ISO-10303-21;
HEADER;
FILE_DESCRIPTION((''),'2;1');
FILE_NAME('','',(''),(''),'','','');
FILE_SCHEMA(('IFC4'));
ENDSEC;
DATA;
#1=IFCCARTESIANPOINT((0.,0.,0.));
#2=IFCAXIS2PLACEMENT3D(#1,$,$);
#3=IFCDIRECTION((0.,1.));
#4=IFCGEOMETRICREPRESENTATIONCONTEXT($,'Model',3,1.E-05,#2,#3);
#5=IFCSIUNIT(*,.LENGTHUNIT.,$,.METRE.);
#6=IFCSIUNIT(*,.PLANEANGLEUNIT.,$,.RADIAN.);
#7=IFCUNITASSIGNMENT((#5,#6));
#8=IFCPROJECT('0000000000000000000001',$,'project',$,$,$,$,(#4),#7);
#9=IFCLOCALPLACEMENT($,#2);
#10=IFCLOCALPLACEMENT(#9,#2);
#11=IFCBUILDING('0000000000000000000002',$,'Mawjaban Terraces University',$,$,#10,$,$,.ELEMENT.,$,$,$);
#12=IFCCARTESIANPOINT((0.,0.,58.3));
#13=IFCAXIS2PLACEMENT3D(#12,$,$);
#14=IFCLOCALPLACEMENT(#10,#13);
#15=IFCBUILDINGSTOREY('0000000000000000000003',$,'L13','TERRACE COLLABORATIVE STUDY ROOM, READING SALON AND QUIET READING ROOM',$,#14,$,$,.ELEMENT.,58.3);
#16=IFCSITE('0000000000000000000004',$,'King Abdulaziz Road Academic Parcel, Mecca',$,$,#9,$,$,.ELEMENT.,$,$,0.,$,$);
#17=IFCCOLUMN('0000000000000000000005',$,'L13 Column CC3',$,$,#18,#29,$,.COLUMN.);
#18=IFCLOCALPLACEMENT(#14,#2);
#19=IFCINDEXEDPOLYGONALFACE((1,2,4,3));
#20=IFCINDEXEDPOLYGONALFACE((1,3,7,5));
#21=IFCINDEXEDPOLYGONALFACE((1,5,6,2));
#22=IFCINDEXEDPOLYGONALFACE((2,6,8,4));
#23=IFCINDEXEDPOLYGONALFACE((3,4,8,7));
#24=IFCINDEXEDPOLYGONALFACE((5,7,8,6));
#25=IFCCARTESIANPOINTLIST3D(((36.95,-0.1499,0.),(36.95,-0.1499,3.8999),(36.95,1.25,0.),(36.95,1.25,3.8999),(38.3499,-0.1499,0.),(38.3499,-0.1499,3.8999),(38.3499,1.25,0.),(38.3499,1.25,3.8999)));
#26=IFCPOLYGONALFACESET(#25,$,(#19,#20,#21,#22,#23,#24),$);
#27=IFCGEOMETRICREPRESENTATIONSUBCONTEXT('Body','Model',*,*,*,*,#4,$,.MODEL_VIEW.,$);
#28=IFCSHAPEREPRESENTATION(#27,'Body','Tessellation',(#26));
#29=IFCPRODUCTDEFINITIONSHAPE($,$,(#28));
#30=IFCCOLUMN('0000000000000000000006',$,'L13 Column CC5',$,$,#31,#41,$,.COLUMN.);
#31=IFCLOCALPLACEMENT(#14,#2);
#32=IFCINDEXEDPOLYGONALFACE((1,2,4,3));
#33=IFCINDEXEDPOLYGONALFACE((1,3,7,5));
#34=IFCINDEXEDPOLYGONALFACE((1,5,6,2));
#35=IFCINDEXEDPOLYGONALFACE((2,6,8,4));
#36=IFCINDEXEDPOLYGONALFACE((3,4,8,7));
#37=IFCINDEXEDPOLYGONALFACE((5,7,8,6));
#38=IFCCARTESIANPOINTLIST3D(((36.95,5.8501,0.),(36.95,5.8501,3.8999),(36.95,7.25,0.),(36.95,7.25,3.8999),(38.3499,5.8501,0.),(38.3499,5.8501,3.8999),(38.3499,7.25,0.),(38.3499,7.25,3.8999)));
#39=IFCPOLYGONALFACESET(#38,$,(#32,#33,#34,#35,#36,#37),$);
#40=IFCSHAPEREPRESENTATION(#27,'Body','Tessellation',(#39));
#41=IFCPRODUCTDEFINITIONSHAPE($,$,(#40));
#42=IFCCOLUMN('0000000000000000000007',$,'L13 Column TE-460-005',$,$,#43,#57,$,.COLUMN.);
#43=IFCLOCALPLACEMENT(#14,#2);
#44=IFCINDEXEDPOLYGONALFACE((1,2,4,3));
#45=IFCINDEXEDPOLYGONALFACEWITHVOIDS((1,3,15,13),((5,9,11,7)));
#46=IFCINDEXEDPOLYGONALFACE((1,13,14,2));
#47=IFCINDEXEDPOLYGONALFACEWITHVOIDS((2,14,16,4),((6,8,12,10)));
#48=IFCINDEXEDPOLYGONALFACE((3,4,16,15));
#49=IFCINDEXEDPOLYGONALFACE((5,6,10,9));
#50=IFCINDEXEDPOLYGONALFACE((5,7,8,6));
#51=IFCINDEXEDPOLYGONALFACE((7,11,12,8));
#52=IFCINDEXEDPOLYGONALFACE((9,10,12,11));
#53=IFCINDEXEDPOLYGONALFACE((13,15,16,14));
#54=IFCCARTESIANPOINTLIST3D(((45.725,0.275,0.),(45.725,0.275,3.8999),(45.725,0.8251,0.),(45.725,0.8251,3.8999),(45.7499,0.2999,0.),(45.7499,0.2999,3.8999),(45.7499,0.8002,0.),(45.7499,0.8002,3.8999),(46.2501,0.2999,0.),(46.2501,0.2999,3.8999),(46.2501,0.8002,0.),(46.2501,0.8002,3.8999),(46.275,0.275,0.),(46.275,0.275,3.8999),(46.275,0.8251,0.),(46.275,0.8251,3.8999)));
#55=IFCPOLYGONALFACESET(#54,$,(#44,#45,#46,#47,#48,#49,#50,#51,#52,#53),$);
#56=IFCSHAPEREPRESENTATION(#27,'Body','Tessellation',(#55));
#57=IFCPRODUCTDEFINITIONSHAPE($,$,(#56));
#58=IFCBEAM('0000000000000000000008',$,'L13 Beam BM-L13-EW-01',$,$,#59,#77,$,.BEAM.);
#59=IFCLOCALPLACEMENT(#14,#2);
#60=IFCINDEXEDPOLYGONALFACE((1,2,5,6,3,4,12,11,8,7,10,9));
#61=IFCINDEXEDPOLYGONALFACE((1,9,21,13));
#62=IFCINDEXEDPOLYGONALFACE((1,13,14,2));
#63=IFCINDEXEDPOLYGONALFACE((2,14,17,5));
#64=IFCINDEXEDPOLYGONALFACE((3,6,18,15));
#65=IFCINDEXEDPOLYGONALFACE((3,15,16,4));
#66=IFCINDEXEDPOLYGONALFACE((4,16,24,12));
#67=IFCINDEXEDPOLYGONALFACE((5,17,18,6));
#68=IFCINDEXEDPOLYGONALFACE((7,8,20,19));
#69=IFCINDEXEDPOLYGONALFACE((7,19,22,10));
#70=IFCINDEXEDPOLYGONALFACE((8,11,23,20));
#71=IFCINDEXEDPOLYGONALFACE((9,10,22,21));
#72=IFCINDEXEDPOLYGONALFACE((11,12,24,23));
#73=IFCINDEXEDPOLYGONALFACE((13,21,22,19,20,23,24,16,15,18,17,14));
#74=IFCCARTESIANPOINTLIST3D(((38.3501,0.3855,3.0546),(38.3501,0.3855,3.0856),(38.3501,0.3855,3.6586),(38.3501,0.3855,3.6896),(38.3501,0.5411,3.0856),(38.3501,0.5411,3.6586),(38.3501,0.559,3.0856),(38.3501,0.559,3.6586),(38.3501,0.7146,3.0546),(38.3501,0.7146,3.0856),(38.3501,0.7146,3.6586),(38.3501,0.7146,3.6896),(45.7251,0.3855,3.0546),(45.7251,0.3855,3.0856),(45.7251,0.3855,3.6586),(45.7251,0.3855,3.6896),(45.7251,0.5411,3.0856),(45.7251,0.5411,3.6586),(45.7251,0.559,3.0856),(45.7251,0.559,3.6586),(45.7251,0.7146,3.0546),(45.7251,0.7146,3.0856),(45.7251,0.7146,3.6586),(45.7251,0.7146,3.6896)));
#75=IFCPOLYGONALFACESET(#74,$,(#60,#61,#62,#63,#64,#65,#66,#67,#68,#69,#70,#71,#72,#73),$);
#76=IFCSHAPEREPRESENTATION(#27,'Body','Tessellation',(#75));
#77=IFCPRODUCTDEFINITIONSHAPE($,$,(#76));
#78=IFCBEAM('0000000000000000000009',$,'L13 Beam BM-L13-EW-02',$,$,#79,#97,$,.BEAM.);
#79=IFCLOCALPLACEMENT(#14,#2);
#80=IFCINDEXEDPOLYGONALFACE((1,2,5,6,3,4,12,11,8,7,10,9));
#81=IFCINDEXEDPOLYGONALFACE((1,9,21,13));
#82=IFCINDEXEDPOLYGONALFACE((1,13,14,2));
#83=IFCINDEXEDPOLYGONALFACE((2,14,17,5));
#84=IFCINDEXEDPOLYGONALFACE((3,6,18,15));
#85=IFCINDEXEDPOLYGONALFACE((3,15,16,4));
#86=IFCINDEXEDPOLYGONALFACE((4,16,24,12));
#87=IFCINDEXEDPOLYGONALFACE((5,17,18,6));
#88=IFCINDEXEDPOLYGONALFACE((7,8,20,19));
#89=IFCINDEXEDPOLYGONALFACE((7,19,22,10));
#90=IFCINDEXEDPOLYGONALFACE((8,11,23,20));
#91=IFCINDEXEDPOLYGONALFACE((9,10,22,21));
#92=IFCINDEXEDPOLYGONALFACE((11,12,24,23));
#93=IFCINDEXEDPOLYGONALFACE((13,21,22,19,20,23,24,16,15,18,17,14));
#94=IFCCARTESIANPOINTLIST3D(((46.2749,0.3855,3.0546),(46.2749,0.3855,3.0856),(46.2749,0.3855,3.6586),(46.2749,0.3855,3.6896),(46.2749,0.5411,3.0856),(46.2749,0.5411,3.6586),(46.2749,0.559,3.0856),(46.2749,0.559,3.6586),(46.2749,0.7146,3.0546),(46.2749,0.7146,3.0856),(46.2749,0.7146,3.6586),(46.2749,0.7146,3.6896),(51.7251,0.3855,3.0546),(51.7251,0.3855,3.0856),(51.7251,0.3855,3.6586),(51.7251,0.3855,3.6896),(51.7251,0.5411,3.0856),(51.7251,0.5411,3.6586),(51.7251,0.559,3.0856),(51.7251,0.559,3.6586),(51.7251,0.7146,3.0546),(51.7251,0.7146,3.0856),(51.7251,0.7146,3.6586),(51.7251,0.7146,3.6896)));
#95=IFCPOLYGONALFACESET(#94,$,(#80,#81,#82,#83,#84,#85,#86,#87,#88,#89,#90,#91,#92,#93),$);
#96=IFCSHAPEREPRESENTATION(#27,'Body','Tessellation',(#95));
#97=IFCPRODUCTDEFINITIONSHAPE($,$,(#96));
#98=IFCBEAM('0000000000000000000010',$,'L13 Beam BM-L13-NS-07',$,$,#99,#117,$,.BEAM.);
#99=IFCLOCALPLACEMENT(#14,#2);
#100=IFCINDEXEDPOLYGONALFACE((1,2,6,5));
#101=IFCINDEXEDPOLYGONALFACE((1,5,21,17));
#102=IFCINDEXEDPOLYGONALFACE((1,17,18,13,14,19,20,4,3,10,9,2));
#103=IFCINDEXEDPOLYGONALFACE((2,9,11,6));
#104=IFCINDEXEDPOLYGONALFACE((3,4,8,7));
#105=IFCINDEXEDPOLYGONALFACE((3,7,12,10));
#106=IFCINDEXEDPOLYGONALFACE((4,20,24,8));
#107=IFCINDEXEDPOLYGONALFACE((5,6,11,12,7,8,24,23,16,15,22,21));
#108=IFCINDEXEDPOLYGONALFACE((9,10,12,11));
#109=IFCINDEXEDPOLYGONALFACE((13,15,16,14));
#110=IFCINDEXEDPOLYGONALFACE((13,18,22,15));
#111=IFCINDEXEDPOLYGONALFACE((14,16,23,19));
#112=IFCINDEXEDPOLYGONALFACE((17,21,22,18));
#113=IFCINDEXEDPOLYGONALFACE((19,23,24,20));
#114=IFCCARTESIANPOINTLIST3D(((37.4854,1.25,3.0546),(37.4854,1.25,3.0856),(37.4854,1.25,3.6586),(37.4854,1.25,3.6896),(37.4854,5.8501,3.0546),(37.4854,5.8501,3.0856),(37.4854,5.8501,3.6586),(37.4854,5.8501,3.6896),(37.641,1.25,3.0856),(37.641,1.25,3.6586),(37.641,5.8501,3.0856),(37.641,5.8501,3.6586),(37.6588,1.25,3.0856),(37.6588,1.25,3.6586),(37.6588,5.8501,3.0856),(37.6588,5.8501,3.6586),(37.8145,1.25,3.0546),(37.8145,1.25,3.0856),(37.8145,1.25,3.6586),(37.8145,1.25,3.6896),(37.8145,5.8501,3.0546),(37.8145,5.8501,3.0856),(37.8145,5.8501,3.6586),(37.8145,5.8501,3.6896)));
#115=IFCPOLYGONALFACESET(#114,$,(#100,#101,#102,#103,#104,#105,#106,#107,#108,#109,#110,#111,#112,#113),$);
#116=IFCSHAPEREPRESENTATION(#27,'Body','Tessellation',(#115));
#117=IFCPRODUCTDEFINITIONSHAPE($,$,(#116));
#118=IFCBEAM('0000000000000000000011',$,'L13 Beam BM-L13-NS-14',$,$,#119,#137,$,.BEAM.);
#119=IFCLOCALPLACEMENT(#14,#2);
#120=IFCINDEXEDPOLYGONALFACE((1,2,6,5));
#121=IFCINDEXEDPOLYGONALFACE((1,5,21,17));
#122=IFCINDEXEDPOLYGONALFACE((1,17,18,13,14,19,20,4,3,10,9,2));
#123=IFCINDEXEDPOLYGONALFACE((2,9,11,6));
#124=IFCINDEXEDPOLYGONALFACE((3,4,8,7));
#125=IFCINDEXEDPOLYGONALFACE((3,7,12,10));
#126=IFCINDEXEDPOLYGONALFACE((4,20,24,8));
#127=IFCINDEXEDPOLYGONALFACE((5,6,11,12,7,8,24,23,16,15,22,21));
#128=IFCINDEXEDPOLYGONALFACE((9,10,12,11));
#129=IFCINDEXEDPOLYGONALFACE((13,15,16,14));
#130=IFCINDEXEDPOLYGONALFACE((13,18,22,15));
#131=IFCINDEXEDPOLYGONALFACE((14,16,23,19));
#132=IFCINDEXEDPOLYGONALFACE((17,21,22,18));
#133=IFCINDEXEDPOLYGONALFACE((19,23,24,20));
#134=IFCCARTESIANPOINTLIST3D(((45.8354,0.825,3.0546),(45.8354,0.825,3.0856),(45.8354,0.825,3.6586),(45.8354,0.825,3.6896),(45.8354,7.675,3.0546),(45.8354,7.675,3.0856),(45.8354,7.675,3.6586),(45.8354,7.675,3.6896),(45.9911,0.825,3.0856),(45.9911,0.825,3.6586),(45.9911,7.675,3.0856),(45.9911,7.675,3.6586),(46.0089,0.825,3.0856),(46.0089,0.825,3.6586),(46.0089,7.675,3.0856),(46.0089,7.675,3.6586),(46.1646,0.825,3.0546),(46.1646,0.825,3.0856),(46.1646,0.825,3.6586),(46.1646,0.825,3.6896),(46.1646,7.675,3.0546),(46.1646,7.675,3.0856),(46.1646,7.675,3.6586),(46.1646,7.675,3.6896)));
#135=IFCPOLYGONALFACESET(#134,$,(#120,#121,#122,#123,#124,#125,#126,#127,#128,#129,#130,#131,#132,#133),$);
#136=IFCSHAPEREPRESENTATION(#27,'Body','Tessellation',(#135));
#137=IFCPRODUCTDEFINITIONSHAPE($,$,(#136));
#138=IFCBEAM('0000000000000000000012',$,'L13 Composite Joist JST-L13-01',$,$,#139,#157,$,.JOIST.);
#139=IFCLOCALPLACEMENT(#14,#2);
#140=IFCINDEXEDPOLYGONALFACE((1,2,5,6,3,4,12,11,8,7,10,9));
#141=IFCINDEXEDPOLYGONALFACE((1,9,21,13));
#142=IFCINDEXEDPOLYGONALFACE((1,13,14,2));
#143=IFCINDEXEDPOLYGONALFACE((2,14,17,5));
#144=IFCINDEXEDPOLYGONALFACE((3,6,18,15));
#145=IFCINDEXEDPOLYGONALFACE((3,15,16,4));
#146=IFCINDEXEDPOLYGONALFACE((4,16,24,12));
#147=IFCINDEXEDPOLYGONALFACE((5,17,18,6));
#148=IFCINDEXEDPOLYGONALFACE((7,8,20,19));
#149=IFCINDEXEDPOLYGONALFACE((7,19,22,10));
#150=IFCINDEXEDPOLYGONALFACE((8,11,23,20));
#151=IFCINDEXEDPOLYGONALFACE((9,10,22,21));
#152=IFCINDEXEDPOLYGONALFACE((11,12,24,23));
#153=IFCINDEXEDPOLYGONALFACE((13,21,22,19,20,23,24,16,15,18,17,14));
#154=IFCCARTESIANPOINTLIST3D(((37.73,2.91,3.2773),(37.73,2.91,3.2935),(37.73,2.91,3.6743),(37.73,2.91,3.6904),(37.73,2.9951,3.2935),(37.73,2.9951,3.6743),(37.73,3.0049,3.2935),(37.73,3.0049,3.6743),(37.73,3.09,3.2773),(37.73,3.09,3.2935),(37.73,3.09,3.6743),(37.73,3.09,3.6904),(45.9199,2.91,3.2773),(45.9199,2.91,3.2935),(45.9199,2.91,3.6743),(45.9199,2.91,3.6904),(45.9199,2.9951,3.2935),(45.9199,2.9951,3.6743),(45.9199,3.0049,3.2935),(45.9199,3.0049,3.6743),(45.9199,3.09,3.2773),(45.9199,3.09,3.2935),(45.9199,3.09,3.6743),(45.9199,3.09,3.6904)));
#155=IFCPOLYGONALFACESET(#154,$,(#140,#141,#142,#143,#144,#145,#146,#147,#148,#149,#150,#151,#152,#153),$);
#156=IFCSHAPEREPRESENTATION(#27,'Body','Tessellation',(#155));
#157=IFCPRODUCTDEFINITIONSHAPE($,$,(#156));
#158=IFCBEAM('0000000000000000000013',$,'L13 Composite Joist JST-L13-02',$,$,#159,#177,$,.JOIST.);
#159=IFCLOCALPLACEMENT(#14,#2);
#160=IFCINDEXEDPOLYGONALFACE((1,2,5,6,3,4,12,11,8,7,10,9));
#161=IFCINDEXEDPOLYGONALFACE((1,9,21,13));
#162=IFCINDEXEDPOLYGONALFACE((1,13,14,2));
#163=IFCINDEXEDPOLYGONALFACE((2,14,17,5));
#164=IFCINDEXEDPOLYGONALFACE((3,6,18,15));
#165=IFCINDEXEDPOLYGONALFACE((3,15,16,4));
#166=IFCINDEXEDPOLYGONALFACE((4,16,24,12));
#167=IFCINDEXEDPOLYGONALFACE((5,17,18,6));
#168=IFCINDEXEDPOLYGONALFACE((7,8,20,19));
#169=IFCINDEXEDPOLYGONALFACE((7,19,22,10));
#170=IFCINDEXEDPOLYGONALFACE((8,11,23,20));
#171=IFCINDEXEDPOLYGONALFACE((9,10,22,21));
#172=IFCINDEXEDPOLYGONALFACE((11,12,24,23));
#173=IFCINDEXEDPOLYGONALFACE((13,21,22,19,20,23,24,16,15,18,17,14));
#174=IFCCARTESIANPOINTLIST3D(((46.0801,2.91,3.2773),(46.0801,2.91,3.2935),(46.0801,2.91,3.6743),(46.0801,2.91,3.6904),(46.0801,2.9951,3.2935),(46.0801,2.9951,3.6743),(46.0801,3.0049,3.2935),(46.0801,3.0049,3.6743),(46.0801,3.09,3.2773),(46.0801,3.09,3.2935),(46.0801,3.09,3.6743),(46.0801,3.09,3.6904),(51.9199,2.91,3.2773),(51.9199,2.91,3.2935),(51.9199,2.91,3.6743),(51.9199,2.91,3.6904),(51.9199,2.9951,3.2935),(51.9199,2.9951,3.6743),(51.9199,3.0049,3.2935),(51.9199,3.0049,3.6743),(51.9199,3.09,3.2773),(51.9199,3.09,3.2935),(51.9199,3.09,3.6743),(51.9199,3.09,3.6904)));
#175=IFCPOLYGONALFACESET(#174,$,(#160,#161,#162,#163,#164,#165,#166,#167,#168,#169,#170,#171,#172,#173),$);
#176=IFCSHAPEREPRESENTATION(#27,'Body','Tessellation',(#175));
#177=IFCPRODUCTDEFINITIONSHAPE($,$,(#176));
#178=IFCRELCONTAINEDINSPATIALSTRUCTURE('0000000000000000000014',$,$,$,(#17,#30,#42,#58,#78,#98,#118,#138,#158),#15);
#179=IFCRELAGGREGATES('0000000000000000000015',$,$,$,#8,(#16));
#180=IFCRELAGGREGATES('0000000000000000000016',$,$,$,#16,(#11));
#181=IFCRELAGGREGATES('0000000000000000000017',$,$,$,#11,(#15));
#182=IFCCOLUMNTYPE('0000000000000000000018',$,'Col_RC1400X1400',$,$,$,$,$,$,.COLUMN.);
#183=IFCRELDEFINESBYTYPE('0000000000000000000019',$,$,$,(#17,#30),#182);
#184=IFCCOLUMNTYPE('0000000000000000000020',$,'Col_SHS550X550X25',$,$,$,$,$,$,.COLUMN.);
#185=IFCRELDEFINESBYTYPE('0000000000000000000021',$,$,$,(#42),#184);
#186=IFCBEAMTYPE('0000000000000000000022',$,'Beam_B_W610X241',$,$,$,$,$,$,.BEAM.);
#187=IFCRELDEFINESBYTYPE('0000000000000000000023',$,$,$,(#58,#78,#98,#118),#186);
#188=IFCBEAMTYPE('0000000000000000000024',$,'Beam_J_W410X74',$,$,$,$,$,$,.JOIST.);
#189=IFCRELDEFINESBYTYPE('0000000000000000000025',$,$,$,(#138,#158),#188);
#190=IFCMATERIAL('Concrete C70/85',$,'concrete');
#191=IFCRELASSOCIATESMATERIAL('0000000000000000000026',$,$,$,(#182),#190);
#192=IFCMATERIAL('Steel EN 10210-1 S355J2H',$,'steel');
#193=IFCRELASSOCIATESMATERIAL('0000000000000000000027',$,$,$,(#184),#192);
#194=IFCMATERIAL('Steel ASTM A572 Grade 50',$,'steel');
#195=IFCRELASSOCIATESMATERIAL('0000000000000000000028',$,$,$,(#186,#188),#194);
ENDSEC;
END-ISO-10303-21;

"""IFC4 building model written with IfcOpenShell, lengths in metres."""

from ifc_helpers import new_model, si_unit, direction, frame, origin, origin_2d, place, context, subcontext, project, spatial, rectangle, hollow_rectangle, i_section, extrude, material, material_profile, profile_set, type_object, element, save


model = new_model("IFC4")

# Units and contexts
model_context = context("Model", 3, precision=1e-05, world=origin(), true_north=direction((0.0, 1.0)))
body_context = subcontext(model_context, "Body", "Model", "MODEL_VIEW")
ifc_project = project(units=[si_unit("LENGTHUNIT", "METRE"), si_unit("PLANEANGLEUNIT", "RADIAN")], contexts=[model_context])

# Site, building, storey
site_placement = place(None, origin())
site = spatial("IfcSite", under=ifc_project, at=site_placement, Name="King Abdulaziz Road Academic Parcel, Mecca", CompositionType="ELEMENT", RefElevation=0.0)
building_placement = place(site_placement, origin())
building = spatial("IfcBuilding", under=site, at=building_placement, Name="Mawjaban Terraces University", CompositionType="ELEMENT")
storey_placement = place(building_placement, frame((0.0, 0.0, 58.3)))
storey = spatial("IfcBuildingStorey", under=building, at=storey_placement, Name="L13", Description="TERRACE COLLABORATIVE STUDY ROOM, READING SALON AND QUIET READING ROOM", CompositionType="ELEMENT", Elevation=58.3)

# Columns
ifc_material_1 = material(Name="Concrete C70/85", Category="concrete")
ifc_material_profile_1 = material_profile(ifc_material_1, rectangle(XDim=1.3999, YDim=1.3999, at=origin_2d()), Name="RC1400X1400")
ifc_profile_set_1 = profile_set([ifc_material_profile_1], Name="Concrete C70/85")
column_type_1 = type_object("IfcColumnType", Name="Col_RC1400X1400", PredefinedType="COLUMN", material=ifc_profile_set_1)
for number, where, z_axis, x_axis, name in (
    (1, (37.6499, 0.55, 0.0), (0.0, 0.0, 1.0), (1.0, 0.0, 0.0), "L13 Column CC3"),
    (2, (37.6499, 6.55, 0.0), (0.0, 0.0, 1.0), (1.0, 0.0, 0.0), "L13 Column CC5"),
):
    element("IfcColumn", number, at=place(storey_placement, frame(where, z_axis=z_axis, x_axis=x_axis)), inside=storey, type_object=column_type_1, Name=name, PredefinedType="COLUMN", context=body_context, shape_type="SweptSolid", body=[
        extrude(rectangle(XDim=1.3999, YDim=1.3999, at=origin_2d()), origin(), (0.0, 0.0, 1.0), 3.8999),
    ])
ifc_material_2 = material(Name="Steel EN 10210-1 S355J2H", Category="steel")
ifc_material_profile_2 = material_profile(ifc_material_2, hollow_rectangle(XDim=0.55, YDim=0.55, WallThickness=0.0249, at=origin_2d()), Name="SHS550X550X25")
ifc_profile_set_2 = profile_set([ifc_material_profile_2], Name="Steel EN 10210-1 S355J2H")
column_type_2 = type_object("IfcColumnType", Name="Col_SHS550X550X25", PredefinedType="COLUMN", material=ifc_profile_set_2)
column_placement = place(storey_placement, frame((46.0, 0.55, 0.0), z_axis=(0.0, 0.0, 1.0), x_axis=(1.0, 0.0, 0.0)))
element("IfcColumn", 3, at=column_placement, inside=storey, type_object=column_type_2, Name="L13 Column TE-460-005", PredefinedType="COLUMN", context=body_context, shape_type="SweptSolid", body=[
    extrude(hollow_rectangle(XDim=0.55, YDim=0.55, WallThickness=0.0249, at=origin_2d()), origin(), (0.0, 0.0, 1.0), 3.8999),
])

# Beams
ifc_material_3 = material(Name="Steel ASTM A572 Grade 50", Category="steel")
ifc_material_profile_3 = material_profile(ifc_material_3, i_section(OverallWidth=0.3291, OverallDepth=0.635, WebThickness=0.0178, FlangeThickness=0.031, at=origin_2d()), Name="W610X241")
ifc_profile_set_3 = profile_set([ifc_material_profile_3], Name="Steel ASTM A572 Grade 50")
beam_type_1 = type_object("IfcBeamType", Name="Beam_B_W610X241", PredefinedType="BEAM", material=ifc_profile_set_3)
beam_1_placement = place(storey_placement, frame((38.3501, 0.55, 3.3721), z_axis=(1.0, 0.0, 0.0), x_axis=(0.0, 1.0, 0.0)))
element("IfcBeam", 4, at=beam_1_placement, inside=storey, type_object=beam_type_1, Name="L13 Beam BM-L13-EW-01", PredefinedType="BEAM", context=body_context, shape_type="SweptSolid", body=[
    extrude(i_section(OverallWidth=0.3291, OverallDepth=0.635, WebThickness=0.0178, FlangeThickness=0.031, at=origin_2d()), origin(), (0.0, 0.0, 1.0), 7.375),
])
beam_2_placement = place(storey_placement, frame((46.2749, 0.55, 3.3721), z_axis=(1.0, 0.0, 0.0), x_axis=(0.0, 1.0, 0.0)))
element("IfcBeam", 5, at=beam_2_placement, inside=storey, type_object=beam_type_1, Name="L13 Beam BM-L13-EW-02", PredefinedType="BEAM", context=body_context, shape_type="SweptSolid", body=[
    extrude(i_section(OverallWidth=0.3291, OverallDepth=0.635, WebThickness=0.0178, FlangeThickness=0.031, at=origin_2d()), origin(), (0.0, 0.0, 1.0), 5.4502),
])
beam_3_placement = place(storey_placement, frame((37.6499, 1.25, 3.3721), z_axis=(0.0, 1.0, 0.0), x_axis=(-1.0, 0.0, 0.0)))
element("IfcBeam", 6, at=beam_3_placement, inside=storey, type_object=beam_type_1, Name="L13 Beam BM-L13-NS-07", PredefinedType="BEAM", context=body_context, shape_type="SweptSolid", body=[
    extrude(i_section(OverallWidth=0.3291, OverallDepth=0.635, WebThickness=0.0178, FlangeThickness=0.031, at=origin_2d()), origin(), (0.0, 0.0, 1.0), 4.6001),
])
beam_4_placement = place(storey_placement, frame((46.0, 0.825, 3.3721), z_axis=(0.0, 1.0, 0.0), x_axis=(-1.0, 0.0, 0.0)))
element("IfcBeam", 7, at=beam_4_placement, inside=storey, type_object=beam_type_1, Name="L13 Beam BM-L13-NS-14", PredefinedType="BEAM", context=body_context, shape_type="SweptSolid", body=[
    extrude(i_section(OverallWidth=0.3291, OverallDepth=0.635, WebThickness=0.0178, FlangeThickness=0.031, at=origin_2d()), origin(), (0.0, 0.0, 1.0), 6.8501),
])
ifc_material_profile_4 = material_profile(ifc_material_3, i_section(OverallWidth=0.1799, OverallDepth=0.4131, WebThickness=0.0098, FlangeThickness=0.0161, at=origin_2d()), Name="W410X74")
ifc_profile_set_4 = profile_set([ifc_material_profile_4], Name="Steel ASTM A572 Grade 50")
beam_type_2 = type_object("IfcBeamType", Name="Beam_J_W410X74", PredefinedType="JOIST", material=ifc_profile_set_4)
beam_5_placement = place(storey_placement, frame((37.73, 3.0, 3.4839), z_axis=(1.0, 0.0, 0.0), x_axis=(0.0, 1.0, 0.0)))
element("IfcBeam", 8, at=beam_5_placement, inside=storey, type_object=beam_type_2, Name="L13 Composite Joist JST-L13-01", PredefinedType="JOIST", context=body_context, shape_type="SweptSolid", body=[
    extrude(i_section(OverallWidth=0.1799, OverallDepth=0.4131, WebThickness=0.0098, FlangeThickness=0.0161, at=origin_2d()), origin(), (0.0, 0.0, 1.0), 8.1899),
])
beam_6_placement = place(storey_placement, frame((46.0801, 3.0, 3.4839), z_axis=(1.0, 0.0, 0.0), x_axis=(0.0, 1.0, 0.0)))
element("IfcBeam", 9, at=beam_6_placement, inside=storey, type_object=beam_type_2, Name="L13 Composite Joist JST-L13-02", PredefinedType="JOIST", context=body_context, shape_type="SweptSolid", body=[
    extrude(i_section(OverallWidth=0.1799, OverallDepth=0.4131, WebThickness=0.0098, FlangeThickness=0.0161, at=origin_2d()), origin(), (0.0, 0.0, 1.0), 5.8398),
])

save(model, "model.ifc")
